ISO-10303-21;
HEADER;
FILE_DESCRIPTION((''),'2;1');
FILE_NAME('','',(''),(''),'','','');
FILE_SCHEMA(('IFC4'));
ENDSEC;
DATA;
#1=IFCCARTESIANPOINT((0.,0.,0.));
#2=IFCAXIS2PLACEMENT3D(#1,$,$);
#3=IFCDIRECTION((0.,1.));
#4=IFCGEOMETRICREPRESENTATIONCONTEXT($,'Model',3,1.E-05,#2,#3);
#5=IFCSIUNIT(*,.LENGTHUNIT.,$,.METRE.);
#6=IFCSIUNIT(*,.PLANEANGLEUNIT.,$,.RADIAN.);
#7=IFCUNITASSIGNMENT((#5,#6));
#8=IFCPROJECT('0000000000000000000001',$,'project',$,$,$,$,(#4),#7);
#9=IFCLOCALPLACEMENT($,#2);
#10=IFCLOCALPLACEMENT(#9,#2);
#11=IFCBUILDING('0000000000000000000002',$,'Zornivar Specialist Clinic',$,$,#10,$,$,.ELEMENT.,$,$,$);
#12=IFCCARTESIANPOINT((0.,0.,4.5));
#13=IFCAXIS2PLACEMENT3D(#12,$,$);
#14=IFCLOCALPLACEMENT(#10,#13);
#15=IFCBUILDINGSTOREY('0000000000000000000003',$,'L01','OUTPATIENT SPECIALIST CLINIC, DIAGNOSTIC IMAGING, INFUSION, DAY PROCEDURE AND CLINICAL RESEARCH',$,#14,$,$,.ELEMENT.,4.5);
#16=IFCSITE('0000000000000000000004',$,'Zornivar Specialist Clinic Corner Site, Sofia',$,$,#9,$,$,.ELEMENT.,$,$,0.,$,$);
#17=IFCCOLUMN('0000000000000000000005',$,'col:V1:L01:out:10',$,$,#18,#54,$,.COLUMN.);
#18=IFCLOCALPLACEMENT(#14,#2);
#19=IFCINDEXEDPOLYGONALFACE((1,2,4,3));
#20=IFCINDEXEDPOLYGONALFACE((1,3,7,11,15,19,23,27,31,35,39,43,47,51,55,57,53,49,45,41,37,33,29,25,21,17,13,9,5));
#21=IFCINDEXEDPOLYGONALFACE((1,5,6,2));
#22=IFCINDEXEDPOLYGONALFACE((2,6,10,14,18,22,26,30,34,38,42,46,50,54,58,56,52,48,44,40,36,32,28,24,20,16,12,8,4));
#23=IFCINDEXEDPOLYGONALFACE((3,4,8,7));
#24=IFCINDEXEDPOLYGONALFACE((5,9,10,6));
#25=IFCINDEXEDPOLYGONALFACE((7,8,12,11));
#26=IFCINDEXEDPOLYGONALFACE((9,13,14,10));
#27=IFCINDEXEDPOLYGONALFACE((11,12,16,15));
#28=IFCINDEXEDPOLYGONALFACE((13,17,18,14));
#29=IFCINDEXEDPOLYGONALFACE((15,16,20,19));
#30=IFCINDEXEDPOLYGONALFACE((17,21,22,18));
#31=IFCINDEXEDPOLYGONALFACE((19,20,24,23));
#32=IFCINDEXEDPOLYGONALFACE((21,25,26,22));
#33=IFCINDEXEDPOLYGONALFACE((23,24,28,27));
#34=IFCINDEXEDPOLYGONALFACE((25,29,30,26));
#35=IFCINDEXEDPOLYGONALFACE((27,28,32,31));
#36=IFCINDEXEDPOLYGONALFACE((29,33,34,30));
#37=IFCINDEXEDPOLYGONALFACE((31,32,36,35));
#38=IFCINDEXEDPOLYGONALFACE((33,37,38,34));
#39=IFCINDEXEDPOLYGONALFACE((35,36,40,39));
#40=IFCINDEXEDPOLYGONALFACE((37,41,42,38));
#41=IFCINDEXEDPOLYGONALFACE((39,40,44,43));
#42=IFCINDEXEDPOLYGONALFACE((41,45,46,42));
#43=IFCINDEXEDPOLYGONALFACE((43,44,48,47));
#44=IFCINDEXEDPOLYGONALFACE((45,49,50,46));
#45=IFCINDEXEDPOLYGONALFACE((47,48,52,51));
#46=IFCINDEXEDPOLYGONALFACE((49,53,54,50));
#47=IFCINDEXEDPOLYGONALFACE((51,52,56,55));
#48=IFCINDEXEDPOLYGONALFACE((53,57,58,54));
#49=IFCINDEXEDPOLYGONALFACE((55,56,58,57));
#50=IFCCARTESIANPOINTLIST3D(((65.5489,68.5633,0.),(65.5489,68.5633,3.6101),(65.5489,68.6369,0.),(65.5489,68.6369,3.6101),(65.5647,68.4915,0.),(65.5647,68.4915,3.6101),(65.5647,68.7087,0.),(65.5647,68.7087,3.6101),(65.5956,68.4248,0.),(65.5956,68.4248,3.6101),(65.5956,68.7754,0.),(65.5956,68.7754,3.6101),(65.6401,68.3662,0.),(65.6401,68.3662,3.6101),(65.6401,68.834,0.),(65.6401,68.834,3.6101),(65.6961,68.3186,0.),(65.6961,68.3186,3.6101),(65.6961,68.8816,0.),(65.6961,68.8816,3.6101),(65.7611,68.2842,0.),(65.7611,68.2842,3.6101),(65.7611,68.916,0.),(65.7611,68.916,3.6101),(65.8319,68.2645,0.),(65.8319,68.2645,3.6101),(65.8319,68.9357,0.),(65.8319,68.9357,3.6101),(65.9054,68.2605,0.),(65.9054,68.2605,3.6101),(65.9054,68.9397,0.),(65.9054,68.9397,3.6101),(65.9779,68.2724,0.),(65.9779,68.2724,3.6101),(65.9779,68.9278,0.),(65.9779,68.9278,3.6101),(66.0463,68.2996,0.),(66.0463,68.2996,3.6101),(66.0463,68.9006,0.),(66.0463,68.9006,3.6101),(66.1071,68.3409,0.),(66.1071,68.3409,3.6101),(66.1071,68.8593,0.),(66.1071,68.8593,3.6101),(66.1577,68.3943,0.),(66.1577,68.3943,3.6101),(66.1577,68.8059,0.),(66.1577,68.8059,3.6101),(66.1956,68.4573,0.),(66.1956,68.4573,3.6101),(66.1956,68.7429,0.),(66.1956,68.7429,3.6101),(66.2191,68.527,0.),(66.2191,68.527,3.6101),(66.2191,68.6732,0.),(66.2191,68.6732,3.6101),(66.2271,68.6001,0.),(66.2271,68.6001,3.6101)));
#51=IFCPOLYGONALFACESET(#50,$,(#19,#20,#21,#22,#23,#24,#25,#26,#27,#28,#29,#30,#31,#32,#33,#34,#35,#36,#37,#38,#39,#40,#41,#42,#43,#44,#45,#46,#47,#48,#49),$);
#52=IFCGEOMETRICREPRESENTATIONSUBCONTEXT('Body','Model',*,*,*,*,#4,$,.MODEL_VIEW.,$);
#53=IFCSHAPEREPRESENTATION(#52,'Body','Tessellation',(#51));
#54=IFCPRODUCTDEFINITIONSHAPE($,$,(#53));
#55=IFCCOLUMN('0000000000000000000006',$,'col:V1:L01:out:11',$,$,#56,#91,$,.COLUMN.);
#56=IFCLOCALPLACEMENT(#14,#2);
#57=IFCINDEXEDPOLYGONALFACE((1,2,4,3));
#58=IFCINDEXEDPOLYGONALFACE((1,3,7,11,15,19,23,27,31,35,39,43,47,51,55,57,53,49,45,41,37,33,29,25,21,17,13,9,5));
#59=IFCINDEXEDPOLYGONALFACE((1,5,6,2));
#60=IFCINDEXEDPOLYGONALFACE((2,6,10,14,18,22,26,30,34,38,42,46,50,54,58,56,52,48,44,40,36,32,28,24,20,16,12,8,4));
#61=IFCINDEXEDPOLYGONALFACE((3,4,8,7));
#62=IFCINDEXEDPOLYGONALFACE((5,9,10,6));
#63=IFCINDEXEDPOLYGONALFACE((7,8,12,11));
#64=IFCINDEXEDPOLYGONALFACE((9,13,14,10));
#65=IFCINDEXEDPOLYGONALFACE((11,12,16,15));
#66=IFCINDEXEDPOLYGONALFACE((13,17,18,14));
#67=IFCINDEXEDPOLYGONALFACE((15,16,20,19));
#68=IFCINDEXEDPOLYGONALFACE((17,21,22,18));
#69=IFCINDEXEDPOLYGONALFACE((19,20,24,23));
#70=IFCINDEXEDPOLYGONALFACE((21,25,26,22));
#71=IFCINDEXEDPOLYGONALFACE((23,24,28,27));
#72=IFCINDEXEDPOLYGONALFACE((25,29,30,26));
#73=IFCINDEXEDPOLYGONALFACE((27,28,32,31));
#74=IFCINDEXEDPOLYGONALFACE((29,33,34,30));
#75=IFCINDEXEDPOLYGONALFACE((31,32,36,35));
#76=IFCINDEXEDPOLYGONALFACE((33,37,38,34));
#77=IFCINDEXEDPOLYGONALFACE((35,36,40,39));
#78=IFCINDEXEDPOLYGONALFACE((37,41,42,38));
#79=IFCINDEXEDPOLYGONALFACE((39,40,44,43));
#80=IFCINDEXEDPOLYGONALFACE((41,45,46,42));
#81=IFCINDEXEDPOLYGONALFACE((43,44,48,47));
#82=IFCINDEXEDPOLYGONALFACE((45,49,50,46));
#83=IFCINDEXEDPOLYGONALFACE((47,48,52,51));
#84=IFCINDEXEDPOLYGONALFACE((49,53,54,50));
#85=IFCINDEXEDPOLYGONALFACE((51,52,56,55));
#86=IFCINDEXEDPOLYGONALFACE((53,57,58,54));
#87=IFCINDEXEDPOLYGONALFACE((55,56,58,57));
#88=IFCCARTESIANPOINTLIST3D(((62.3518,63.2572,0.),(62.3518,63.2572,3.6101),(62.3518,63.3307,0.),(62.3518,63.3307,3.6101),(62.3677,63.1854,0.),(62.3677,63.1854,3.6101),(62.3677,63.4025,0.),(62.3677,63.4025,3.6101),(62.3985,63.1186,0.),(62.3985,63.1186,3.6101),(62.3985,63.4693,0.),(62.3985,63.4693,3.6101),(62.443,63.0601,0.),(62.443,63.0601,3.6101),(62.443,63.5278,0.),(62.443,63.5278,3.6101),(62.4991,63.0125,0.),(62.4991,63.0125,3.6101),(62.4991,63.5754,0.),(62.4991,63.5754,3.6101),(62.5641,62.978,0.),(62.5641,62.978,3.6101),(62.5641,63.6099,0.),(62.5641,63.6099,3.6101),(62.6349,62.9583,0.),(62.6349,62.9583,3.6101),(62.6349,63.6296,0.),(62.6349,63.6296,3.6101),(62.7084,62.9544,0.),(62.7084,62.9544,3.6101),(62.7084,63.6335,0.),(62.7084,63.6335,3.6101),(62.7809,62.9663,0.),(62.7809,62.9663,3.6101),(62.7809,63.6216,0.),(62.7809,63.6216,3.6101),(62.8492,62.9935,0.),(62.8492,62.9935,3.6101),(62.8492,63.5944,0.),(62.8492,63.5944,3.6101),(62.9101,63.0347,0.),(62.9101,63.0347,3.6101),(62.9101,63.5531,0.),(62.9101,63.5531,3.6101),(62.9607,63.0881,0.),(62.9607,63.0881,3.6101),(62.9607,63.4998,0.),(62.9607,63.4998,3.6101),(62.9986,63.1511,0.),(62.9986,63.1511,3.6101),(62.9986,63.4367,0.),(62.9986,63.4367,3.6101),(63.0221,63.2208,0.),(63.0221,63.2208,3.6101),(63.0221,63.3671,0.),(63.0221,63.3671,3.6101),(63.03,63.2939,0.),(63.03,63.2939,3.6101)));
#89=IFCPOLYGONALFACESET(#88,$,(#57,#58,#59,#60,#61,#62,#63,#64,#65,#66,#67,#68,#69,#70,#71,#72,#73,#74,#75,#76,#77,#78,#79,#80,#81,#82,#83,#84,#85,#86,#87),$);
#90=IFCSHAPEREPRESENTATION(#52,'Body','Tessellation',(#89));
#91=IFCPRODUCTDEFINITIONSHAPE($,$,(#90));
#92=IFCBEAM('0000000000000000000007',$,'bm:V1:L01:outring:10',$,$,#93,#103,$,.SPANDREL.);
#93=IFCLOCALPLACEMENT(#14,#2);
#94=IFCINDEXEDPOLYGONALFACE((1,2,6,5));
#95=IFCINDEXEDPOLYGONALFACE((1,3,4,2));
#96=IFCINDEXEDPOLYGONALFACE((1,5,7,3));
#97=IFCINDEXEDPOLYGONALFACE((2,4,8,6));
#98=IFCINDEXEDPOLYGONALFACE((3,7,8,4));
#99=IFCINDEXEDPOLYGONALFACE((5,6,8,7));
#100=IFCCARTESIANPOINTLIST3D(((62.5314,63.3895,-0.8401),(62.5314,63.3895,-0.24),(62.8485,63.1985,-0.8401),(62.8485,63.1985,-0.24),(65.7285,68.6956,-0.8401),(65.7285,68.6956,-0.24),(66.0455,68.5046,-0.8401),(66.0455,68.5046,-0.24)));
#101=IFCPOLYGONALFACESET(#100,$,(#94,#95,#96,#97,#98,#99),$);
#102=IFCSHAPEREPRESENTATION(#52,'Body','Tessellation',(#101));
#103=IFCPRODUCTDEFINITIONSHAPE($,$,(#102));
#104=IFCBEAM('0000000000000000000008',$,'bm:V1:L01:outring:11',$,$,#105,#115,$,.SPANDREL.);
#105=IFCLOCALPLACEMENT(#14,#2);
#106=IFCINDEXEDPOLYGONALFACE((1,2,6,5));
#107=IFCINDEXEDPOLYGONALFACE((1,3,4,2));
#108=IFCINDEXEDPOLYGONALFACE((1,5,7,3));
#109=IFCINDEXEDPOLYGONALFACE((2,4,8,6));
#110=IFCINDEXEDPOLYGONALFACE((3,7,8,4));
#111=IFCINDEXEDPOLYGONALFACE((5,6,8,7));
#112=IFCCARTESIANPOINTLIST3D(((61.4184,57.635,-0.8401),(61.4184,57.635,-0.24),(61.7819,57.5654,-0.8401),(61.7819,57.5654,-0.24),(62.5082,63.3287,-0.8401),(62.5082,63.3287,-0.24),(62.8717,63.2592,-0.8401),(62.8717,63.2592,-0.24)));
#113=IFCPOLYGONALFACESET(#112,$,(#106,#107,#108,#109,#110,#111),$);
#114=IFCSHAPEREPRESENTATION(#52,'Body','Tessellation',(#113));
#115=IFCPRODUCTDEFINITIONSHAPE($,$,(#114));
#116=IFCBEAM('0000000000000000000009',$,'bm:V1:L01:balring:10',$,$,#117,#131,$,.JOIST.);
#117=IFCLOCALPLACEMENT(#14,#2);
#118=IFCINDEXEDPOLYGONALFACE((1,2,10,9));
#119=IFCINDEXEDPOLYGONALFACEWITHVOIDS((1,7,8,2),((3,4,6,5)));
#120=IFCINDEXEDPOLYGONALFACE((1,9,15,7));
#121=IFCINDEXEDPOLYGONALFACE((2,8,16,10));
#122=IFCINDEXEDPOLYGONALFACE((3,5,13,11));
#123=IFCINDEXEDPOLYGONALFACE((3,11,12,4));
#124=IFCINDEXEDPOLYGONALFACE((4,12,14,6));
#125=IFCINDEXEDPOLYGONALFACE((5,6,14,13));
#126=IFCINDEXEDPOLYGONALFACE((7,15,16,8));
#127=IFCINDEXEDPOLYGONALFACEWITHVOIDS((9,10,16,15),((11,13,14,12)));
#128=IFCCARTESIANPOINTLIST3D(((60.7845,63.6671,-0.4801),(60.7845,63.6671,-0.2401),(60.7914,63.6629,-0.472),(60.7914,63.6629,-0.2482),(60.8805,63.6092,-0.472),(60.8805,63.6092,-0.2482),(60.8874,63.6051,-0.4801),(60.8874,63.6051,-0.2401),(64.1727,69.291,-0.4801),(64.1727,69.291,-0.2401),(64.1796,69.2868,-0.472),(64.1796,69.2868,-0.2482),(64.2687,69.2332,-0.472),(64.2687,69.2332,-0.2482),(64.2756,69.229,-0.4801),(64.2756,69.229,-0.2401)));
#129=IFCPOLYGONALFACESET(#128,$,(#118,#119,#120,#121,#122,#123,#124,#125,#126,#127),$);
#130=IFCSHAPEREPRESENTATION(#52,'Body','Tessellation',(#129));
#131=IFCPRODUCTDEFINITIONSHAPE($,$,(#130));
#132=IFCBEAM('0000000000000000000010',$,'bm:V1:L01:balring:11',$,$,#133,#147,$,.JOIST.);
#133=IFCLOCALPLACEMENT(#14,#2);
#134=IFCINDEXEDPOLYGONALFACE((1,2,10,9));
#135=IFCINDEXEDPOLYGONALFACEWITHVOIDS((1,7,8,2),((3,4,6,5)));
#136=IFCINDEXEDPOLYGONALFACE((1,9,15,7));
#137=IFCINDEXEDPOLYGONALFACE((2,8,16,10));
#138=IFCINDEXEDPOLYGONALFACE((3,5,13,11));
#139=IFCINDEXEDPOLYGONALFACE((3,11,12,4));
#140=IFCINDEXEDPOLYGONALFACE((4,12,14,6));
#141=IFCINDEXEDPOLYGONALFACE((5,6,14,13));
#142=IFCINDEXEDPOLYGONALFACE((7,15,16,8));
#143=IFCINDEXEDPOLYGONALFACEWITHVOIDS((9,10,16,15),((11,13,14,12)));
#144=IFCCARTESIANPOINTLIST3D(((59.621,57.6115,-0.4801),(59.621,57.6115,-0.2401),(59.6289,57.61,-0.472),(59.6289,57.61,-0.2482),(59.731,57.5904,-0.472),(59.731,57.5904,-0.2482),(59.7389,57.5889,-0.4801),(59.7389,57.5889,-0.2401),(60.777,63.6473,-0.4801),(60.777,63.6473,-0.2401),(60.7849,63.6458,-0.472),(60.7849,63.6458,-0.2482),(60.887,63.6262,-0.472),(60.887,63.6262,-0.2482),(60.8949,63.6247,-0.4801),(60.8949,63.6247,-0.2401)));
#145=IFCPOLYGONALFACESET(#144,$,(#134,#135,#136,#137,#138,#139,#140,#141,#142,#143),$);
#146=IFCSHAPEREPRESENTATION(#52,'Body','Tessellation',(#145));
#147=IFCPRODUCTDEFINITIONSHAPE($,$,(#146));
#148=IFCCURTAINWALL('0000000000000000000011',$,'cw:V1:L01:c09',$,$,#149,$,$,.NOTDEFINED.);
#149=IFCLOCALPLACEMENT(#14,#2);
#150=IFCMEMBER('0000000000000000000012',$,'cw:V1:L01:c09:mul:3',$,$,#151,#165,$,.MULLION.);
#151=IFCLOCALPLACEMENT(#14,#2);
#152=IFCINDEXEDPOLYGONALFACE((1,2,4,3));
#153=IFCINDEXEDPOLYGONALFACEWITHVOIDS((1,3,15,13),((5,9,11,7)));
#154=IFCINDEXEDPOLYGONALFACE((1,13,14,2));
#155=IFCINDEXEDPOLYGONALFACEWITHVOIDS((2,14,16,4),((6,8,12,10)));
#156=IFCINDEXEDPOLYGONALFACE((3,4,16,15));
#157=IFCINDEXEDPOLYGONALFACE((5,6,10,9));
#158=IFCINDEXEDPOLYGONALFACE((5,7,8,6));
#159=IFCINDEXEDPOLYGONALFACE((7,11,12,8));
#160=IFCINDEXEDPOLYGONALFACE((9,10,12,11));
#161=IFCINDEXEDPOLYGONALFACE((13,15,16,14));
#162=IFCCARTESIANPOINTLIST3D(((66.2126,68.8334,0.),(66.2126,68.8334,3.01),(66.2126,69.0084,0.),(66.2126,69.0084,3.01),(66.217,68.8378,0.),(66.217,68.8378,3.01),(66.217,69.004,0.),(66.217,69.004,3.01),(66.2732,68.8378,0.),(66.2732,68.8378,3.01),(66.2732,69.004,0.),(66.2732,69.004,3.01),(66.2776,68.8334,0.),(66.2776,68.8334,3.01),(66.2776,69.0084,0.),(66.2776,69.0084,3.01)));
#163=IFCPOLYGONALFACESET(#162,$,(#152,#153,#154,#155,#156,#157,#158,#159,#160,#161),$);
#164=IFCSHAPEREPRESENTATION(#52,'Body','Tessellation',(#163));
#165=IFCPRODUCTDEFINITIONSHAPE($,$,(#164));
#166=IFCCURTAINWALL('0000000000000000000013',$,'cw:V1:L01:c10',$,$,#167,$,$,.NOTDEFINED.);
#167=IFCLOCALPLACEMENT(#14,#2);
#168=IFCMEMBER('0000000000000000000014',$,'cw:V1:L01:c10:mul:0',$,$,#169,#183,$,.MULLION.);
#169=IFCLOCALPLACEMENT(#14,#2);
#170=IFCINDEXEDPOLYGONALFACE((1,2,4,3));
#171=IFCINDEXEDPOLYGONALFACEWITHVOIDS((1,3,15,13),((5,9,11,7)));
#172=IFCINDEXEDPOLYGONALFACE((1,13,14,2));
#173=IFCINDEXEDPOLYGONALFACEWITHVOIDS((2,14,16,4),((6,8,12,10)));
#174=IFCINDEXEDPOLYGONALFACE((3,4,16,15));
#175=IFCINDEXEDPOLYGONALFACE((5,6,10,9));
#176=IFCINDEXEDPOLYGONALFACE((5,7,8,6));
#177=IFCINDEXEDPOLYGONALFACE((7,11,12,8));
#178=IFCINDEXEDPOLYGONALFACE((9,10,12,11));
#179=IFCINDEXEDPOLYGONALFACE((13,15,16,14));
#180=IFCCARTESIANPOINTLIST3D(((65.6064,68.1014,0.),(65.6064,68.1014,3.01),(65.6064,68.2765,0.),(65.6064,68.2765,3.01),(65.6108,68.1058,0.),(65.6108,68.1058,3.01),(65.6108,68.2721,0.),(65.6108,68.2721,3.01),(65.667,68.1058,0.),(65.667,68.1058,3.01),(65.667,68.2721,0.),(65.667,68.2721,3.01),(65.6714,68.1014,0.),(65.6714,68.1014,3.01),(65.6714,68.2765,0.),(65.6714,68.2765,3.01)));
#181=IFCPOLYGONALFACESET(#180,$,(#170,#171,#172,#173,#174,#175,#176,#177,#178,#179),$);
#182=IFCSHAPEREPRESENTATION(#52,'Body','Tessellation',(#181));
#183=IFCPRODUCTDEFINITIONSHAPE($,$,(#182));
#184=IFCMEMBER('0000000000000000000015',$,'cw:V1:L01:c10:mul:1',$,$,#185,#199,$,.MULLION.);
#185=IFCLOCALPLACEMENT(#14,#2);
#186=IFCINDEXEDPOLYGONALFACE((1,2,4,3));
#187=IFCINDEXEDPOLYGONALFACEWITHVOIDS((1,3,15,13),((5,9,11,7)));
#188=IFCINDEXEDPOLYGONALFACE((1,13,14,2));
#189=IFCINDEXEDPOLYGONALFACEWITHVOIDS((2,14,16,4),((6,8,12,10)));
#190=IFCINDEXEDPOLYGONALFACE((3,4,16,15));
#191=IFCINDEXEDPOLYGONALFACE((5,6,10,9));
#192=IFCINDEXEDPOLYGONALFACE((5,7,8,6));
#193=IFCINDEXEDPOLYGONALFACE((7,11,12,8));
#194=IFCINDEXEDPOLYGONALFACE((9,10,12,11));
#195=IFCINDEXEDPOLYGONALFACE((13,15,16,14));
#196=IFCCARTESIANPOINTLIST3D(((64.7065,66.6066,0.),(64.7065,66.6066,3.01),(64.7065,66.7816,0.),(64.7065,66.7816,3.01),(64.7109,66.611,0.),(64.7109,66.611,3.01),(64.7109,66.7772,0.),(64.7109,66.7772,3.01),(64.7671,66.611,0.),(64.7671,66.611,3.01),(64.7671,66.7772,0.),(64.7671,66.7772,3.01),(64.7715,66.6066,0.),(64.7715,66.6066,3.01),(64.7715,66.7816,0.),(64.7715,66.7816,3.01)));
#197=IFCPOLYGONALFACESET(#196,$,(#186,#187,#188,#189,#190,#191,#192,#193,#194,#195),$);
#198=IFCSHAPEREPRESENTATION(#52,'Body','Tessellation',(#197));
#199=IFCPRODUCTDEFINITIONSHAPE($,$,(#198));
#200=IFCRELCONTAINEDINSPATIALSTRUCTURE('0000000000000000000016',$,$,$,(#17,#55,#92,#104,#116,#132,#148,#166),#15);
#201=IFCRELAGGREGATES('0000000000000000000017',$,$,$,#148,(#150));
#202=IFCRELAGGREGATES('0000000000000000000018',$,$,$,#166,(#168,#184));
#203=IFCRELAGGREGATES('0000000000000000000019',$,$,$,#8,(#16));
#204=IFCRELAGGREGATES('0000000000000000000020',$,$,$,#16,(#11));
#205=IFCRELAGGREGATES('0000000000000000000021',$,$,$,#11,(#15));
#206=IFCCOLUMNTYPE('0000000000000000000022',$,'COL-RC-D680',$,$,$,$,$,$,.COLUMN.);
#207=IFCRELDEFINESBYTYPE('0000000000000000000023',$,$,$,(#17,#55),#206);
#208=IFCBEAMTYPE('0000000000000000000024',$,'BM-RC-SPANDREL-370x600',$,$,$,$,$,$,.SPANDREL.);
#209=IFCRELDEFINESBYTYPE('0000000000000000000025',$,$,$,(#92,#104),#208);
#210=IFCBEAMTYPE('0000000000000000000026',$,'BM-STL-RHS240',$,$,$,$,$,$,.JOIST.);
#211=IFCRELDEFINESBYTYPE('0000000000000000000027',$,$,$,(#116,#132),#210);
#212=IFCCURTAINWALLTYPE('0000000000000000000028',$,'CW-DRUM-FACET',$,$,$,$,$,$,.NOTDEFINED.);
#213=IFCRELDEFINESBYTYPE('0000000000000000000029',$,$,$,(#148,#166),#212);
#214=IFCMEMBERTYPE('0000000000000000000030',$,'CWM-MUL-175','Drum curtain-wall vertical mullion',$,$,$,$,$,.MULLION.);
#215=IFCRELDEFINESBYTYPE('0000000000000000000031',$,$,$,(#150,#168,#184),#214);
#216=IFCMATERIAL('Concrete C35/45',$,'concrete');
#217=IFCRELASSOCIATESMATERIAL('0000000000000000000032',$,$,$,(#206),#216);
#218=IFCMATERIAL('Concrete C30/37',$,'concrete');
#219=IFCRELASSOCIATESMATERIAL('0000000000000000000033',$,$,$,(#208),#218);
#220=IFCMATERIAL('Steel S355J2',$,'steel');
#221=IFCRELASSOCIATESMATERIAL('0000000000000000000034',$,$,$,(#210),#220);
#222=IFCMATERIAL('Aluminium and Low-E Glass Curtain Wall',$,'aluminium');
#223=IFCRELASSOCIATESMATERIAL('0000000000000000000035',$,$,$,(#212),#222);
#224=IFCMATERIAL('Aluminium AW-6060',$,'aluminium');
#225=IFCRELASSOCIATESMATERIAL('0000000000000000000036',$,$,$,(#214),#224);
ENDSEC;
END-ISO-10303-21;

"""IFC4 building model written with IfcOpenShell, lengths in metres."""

from ifc_helpers import new_model, si_unit, direction, frame, origin, origin_2d, place, context, subcontext, project, spatial, rectangle, hollow_rectangle, circle, extrude, material, material_profile, profile_set, type_object, element, aggregate, save


model = new_model("IFC4")

# Units and contexts
model_context = context("Model", 3, precision=1e-05, world=origin(), true_north=direction((0.0, 1.0)))
body_context = subcontext(model_context, "Body", "Model", "MODEL_VIEW")
ifc_project = project(units=[si_unit("LENGTHUNIT", "METRE"), si_unit("PLANEANGLEUNIT", "RADIAN")], contexts=[model_context])

# Site, building, storey
site_placement = place(None, origin())
site = spatial("IfcSite", under=ifc_project, at=site_placement, Name="Zornivar Specialist Clinic Corner Site, Sofia", CompositionType="ELEMENT", RefElevation=0.0)
building_placement = place(site_placement, origin())
building = spatial("IfcBuilding", under=site, at=building_placement, Name="Zornivar Specialist Clinic", CompositionType="ELEMENT")
storey_placement = place(building_placement, frame((0.0, 0.0, 4.5)))
storey = spatial("IfcBuildingStorey", under=building, at=storey_placement, Name="L01", Description="OUTPATIENT SPECIALIST CLINIC, DIAGNOSTIC IMAGING, INFUSION, DAY PROCEDURE AND CLINICAL RESEARCH", CompositionType="ELEMENT", Elevation=4.5)

# Columns
ifc_material_1 = material(Name="Concrete C35/45", Category="concrete")
ifc_material_profile_1 = material_profile(ifc_material_1, circle(Radius=0.3401, at=origin_2d()), Name="RC D680")
ifc_profile_set_1 = profile_set([ifc_material_profile_1], Name="Concrete C35/45")
column_type = type_object("IfcColumnType", Name="COL-RC-D680", PredefinedType="COLUMN", material=ifc_profile_set_1)
for number, where, z_axis, x_axis, name in (
    (1, (65.887, 68.6001, 0.0), (0.0, 0.0, 1.0), (1.0, 0.0, 0.0), "col:V1:L01:out:10"),
    (2, (62.6899, 63.2939, 0.0), (0.0, 0.0, 1.0), (1.0, 0.0, 0.0), "col:V1:L01:out:11"),
):
    element("IfcColumn", number, at=place(storey_placement, frame(where, z_axis=z_axis, x_axis=x_axis)), inside=storey, type_object=column_type, Name=name, PredefinedType="COLUMN", context=body_context, shape_type="SweptSolid", body=[
        extrude(circle(Radius=0.3401, at=origin_2d()), origin(), (0.0, 0.0, 1.0), 3.6101),
    ])

# Beams
ifc_material_2 = material(Name="Concrete C30/37", Category="concrete")
ifc_material_profile_2 = material_profile(ifc_material_2, rectangle(XDim=0.3701, YDim=0.6001, at=origin_2d()), Name="RC 370x600")
ifc_profile_set_2 = profile_set([ifc_material_profile_2], Name="Concrete C30/37")
beam_type_1 = type_object("IfcBeamType", Name="BM-RC-SPANDREL-370x600", PredefinedType="SPANDREL", material=ifc_profile_set_2)
beam_1_placement = place(storey_placement, frame((65.887, 68.6001, -0.54), z_axis=(-0.516077, -0.856542, 0.0), x_axis=(0.856542, -0.516077, 0.0)))
element("IfcBeam", 3, at=beam_1_placement, inside=storey, type_object=beam_type_1, Name="bm:V1:L01:outring:10", PredefinedType="SPANDREL", context=body_context, shape_type="SweptSolid", body=[
    extrude(rectangle(XDim=0.3701, YDim=0.6001, at=origin_2d()), origin(), (0.0, 0.0, 1.0), 6.1948),
])
beam_2_placement = place(storey_placement, frame((62.6899, 63.2939, -0.54), z_axis=(-0.187994, -0.98217, 0.0), x_axis=(0.98217, -0.187994, 0.0)))
element("IfcBeam", 4, at=beam_2_placement, inside=storey, type_object=beam_type_1, Name="bm:V1:L01:outring:11", PredefinedType="SPANDREL", context=body_context, shape_type="SweptSolid", body=[
    extrude(rectangle(XDim=0.3701, YDim=0.6001, at=origin_2d()), origin(), (0.0, 0.0, 1.0), 5.7971),
])
ifc_material_3 = material(Name="Steel S355J2", Category="steel")
ifc_material_profile_3 = material_profile(ifc_material_3, hollow_rectangle(XDim=0.1201, YDim=0.24, WallThickness=0.0081, at=origin_2d()), Name="RHS 240x120x8")
ifc_profile_set_3 = profile_set([ifc_material_profile_3], Name="Steel S355J2")
beam_type_2 = type_object("IfcBeamType", Name="BM-STL-RHS240", PredefinedType="JOIST", material=ifc_profile_set_3)
beam_3_placement = place(storey_placement, frame((64.2241, 69.26, -0.3601), z_axis=(-0.516037, -0.856566, 0.0), x_axis=(0.856566, -0.516037, 0.0)))
element("IfcBeam", 5, at=beam_3_placement, inside=storey, type_object=beam_type_2, Name="bm:V1:L01:balring:10", PredefinedType="JOIST", context=body_context, shape_type="SweptSolid", body=[
    extrude(hollow_rectangle(XDim=0.1201, YDim=0.24, WallThickness=0.0081, at=origin_2d()), origin(), (0.0, 0.0, 1.0), 6.5657),
])
beam_4_placement = place(storey_placement, frame((60.8359, 63.636, -0.3601), z_axis=(-0.188103, -0.982149, 0.0), x_axis=(0.982149, -0.188103, 0.0)))
element("IfcBeam", 6, at=beam_4_placement, inside=storey, type_object=beam_type_2, Name="bm:V1:L01:balring:11", PredefinedType="JOIST", context=body_context, shape_type="SweptSolid", body=[
    extrude(hollow_rectangle(XDim=0.1201, YDim=0.24, WallThickness=0.0081, at=origin_2d()), origin(), (0.0, 0.0, 1.0), 6.1455),
])

# Curtain wall, member
ifc_material_4 = material(Name="Aluminium and Low-E Glass Curtain Wall", Category="aluminium")
curtain_wall_type = type_object("IfcCurtainWallType", Name="CW-DRUM-FACET", PredefinedType="NOTDEFINED", material=ifc_material_4)
curtain_wall_1_placement = place(storey_placement, origin())
curtain_wall_1 = element("IfcCurtainWall", 7, at=curtain_wall_1_placement, inside=storey, type_object=curtain_wall_type, Name="cw:V1:L01:c09", PredefinedType="NOTDEFINED")
ifc_material_5 = material(Name="Aluminium AW-6060", Category="aluminium")
ifc_material_profile_4 = material_profile(ifc_material_5, hollow_rectangle(XDim=0.0649, YDim=0.175, WallThickness=0.0044, at=origin_2d()), Name="ALU 65x175x4.5")
ifc_profile_set_4 = profile_set([ifc_material_profile_4], Name="Aluminium AW-6060")
member_type_1 = type_object("IfcMemberType", Name="CWM-MUL-175", Description="Drum curtain-wall vertical mullion", PredefinedType="MULLION", material=ifc_profile_set_4)
member_1_placement = place(storey_placement, frame((66.2451, 68.9209, 0.0), z_axis=(0.0, 0.0, 1.0), x_axis=(1.0, 0.0, 0.0)))
member_1 = element("IfcMember", 8, at=member_1_placement, type_object=member_type_1, Name="cw:V1:L01:c09:mul:3", PredefinedType="MULLION", context=body_context, shape_type="SweptSolid", body=[
    extrude(hollow_rectangle(XDim=0.0649, YDim=0.175, WallThickness=0.0044, at=origin_2d()), origin(), (0.0, 0.0, 1.0), 3.01),
])
aggregate(curtain_wall_1, [member_1])

# Curtain wall, members
curtain_wall_2_placement = place(storey_placement, origin())
curtain_wall_2 = element("IfcCurtainWall", 9, at=curtain_wall_2_placement, inside=storey, type_object=curtain_wall_type, Name="cw:V1:L01:c10", PredefinedType="NOTDEFINED")
member_2_placement = place(storey_placement, frame((65.6389, 68.189, 0.0), z_axis=(0.0, 0.0, 1.0), x_axis=(1.0, 0.0, 0.0)))
member_2 = element("IfcMember", 10, at=member_2_placement, type_object=member_type_1, Name="cw:V1:L01:c10:mul:0", PredefinedType="MULLION", context=body_context, shape_type="SweptSolid", body=[
    extrude(hollow_rectangle(XDim=0.0649, YDim=0.175, WallThickness=0.0044, at=origin_2d()), origin(), (0.0, 0.0, 1.0), 3.01),
])
member_3_placement = place(storey_placement, frame((64.739, 66.6941, 0.0), z_axis=(0.0, 0.0, 1.0), x_axis=(1.0, 0.0, 0.0)))
member_3 = element("IfcMember", 11, at=member_3_placement, type_object=member_type_1, Name="cw:V1:L01:c10:mul:1", PredefinedType="MULLION", context=body_context, shape_type="SweptSolid", body=[
    extrude(hollow_rectangle(XDim=0.0649, YDim=0.175, WallThickness=0.0044, at=origin_2d()), origin(), (0.0, 0.0, 1.0), 3.01),
])

aggregate(curtain_wall_2, [member_2, member_3])

save(model, "model.ifc")
